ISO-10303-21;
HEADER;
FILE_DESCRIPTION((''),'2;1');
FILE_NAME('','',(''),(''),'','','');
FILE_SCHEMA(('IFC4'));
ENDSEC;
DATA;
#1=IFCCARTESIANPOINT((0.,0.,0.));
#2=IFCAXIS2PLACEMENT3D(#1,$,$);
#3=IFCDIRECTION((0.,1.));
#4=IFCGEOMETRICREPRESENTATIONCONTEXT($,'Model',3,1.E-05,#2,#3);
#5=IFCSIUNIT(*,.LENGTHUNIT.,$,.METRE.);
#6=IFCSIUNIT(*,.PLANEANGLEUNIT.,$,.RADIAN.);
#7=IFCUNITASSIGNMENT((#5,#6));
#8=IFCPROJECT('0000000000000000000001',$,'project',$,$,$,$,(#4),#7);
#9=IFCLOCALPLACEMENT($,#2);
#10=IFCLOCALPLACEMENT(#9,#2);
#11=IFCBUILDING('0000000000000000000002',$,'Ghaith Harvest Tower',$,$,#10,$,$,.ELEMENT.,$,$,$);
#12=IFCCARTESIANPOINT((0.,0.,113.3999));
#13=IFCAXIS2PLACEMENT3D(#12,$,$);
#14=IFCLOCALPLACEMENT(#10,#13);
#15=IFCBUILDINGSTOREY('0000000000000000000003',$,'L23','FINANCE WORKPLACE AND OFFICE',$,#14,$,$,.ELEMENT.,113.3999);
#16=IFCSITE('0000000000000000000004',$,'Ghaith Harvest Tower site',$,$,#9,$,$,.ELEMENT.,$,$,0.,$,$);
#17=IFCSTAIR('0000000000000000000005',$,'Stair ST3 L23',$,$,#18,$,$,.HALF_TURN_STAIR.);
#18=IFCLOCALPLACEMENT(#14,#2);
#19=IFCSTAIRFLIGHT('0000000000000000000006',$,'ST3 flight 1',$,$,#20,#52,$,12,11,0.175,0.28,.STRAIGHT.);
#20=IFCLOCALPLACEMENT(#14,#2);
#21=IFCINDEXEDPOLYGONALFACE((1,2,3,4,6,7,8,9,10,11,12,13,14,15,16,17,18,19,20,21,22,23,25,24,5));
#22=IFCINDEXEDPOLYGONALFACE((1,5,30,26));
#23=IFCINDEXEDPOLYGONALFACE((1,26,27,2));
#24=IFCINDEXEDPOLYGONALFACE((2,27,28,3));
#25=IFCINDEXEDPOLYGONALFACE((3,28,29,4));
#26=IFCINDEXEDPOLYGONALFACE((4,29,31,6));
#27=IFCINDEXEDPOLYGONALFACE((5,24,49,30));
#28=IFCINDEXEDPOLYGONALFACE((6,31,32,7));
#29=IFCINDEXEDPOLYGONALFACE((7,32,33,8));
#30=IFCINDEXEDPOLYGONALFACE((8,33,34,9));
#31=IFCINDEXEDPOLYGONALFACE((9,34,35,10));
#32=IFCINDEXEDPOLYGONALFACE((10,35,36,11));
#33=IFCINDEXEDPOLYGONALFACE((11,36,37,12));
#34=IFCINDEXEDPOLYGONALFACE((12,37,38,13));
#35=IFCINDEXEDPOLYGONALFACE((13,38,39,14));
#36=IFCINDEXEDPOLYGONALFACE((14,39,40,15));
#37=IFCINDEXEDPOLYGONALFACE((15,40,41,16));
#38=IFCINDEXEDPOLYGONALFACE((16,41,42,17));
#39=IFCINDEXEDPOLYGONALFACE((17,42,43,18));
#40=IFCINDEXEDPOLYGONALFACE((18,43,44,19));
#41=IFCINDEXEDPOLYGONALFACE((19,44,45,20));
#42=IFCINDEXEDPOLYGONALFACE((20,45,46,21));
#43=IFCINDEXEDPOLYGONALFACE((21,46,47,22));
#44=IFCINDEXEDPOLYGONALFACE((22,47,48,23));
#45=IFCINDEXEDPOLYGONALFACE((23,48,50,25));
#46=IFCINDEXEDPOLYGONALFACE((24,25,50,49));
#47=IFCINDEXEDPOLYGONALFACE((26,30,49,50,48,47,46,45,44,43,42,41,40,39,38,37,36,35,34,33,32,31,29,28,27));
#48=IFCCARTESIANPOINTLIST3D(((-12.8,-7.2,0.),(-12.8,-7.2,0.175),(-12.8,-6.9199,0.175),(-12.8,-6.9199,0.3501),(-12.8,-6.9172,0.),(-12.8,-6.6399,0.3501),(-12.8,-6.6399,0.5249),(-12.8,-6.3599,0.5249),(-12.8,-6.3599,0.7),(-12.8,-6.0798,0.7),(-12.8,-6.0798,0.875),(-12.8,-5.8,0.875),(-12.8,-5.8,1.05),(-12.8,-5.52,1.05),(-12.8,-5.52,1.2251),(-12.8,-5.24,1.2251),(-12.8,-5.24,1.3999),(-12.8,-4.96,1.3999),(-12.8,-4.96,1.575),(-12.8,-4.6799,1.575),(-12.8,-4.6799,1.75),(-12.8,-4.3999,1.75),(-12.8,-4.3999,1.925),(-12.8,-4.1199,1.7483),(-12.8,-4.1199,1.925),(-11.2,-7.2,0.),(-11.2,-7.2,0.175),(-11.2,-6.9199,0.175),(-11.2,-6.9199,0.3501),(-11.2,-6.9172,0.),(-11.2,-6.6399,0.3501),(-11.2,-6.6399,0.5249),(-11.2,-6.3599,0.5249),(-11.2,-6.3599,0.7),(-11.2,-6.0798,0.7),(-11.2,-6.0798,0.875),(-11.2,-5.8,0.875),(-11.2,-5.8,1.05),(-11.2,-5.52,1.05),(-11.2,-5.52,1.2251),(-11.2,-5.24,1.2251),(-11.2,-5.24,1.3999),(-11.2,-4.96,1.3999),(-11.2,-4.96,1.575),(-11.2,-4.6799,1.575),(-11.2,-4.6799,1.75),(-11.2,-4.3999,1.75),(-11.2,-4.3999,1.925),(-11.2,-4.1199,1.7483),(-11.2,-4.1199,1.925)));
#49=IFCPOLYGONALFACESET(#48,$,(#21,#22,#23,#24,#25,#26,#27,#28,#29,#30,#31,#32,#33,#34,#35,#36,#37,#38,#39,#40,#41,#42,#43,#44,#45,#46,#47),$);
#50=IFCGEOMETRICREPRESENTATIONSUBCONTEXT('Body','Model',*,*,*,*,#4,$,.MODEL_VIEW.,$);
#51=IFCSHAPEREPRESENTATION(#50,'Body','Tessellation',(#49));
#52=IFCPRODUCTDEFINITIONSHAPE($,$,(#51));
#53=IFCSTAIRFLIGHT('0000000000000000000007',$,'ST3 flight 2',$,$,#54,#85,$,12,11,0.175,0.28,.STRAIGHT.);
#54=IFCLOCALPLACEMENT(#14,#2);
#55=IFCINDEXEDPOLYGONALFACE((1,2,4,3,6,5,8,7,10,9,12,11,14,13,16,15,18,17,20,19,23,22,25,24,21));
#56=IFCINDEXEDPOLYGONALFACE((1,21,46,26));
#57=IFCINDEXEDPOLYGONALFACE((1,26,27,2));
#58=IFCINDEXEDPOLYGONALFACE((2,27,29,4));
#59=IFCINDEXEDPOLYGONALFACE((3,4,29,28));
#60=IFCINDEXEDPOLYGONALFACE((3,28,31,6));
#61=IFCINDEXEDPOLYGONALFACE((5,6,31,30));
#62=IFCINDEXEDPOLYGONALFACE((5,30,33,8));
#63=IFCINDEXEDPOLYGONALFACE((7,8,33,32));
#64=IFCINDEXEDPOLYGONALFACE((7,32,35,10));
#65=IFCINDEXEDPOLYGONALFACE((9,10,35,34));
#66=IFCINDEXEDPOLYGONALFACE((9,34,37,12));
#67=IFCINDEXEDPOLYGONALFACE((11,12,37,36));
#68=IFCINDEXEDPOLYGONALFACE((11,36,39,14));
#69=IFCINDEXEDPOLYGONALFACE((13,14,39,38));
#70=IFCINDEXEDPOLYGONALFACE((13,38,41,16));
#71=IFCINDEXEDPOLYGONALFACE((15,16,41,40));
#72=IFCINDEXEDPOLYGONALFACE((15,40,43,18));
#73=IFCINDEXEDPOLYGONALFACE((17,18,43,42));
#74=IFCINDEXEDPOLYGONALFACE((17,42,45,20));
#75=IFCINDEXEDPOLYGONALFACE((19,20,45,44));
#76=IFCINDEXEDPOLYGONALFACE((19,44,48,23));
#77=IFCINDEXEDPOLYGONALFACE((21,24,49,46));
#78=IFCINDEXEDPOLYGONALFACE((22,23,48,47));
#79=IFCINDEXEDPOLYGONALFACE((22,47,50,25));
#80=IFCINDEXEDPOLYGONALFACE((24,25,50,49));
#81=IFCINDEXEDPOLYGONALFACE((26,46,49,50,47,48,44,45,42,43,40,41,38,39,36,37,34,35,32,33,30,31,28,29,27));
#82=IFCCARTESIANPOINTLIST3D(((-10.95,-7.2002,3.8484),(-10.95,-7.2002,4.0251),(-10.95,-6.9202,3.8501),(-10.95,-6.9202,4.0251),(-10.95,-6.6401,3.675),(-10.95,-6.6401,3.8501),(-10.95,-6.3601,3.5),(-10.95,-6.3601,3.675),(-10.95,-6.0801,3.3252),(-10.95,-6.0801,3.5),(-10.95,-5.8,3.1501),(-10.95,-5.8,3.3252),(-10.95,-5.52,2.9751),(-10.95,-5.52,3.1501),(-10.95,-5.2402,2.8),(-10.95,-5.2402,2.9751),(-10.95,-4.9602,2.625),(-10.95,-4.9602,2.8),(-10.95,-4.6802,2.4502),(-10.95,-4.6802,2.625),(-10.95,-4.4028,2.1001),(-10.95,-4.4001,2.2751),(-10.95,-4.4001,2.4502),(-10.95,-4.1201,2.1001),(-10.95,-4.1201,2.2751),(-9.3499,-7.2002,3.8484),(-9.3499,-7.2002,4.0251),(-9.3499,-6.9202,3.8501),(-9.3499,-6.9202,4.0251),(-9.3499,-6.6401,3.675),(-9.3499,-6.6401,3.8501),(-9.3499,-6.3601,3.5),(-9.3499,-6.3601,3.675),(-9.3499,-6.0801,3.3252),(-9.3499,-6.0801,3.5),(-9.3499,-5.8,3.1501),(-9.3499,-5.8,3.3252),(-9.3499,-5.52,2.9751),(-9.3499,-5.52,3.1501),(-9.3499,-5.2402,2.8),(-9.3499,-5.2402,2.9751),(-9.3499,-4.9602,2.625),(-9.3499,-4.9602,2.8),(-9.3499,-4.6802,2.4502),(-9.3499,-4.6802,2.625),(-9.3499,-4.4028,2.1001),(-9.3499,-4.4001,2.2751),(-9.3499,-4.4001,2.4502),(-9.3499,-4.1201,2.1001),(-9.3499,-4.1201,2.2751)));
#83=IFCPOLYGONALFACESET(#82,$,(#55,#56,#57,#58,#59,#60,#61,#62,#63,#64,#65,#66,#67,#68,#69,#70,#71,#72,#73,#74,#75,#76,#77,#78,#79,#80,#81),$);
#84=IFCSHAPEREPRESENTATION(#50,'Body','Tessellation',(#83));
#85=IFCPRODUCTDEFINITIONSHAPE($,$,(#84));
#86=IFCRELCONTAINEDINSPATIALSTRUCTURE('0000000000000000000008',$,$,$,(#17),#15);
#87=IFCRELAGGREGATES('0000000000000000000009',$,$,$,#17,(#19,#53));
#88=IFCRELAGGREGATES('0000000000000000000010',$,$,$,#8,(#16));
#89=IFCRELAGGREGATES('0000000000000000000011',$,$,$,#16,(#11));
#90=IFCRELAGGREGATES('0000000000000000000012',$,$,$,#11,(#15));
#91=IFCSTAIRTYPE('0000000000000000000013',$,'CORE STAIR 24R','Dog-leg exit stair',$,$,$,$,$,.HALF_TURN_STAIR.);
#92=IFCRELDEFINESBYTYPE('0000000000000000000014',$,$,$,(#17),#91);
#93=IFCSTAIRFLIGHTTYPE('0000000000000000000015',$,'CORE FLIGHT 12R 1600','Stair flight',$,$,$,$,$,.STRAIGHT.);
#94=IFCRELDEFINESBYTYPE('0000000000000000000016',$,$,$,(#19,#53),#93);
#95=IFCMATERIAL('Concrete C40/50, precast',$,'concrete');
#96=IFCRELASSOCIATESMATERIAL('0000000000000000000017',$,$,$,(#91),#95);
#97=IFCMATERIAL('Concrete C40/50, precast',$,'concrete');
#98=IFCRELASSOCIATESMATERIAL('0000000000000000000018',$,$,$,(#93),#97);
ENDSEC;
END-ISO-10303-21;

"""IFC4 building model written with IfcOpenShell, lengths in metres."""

from ifc_helpers import new_model, si_unit, direction, frame, origin, place, context, subcontext, project, spatial, polyline, outline, extrude, material, type_object, element, aggregate, save


model = new_model("IFC4")

# Units and contexts
model_context = context("Model", 3, precision=1e-05, world=origin(), true_north=direction((0.0, 1.0)))
body_context = subcontext(model_context, "Body", "Model", "MODEL_VIEW")
ifc_project = project(units=[si_unit("LENGTHUNIT", "METRE"), si_unit("PLANEANGLEUNIT", "RADIAN")], contexts=[model_context])

# Site, building, storey
site_placement = place(None, origin())
site = spatial("IfcSite", under=ifc_project, at=site_placement, Name="Ghaith Harvest Tower site", CompositionType="ELEMENT", RefElevation=0.0)
building_placement = place(site_placement, origin())
building = spatial("IfcBuilding", under=site, at=building_placement, Name="Ghaith Harvest Tower", CompositionType="ELEMENT")
storey_placement = place(building_placement, frame((0.0, 0.0, 113.3999)))
storey = spatial("IfcBuildingStorey", under=building, at=storey_placement, Name="L23", Description="FINANCE WORKPLACE AND OFFICE", CompositionType="ELEMENT", Elevation=113.3999)

# Stair, stair flights
ifc_material_1 = material(Name="Concrete C40/50, precast", Category="concrete")
stair_type = type_object("IfcStairType", Name="CORE STAIR 24R", Description="Dog-leg exit stair", PredefinedType="HALF_TURN_STAIR", material=ifc_material_1)
stair_placement = place(storey_placement, origin())
stair = element("IfcStair", 1, at=stair_placement, inside=storey, type_object=stair_type, Name="Stair ST3 L23", PredefinedType="HALF_TURN_STAIR")
ifc_material_2 = material(Name="Concrete C40/50, precast", Category="concrete")
stair_flight_type = type_object("IfcStairFlightType", Name="CORE FLIGHT 12R 1600", Description="Stair flight", PredefinedType="STRAIGHT", material=ifc_material_2)
stair_flight_1_placement = place(storey_placement, frame((-12.0, -7.2, 0.0), z_axis=(0.0, 0.0, 1.0), x_axis=(0.0, 1.0, 0.0)))
stair_flight_1 = element("IfcStairFlight", 2, at=stair_flight_1_placement, type_object=stair_flight_type, Name="ST3 flight 1", NumberOfRisers=12, NumberOfTreads=11, PredefinedType="STRAIGHT", RiserHeight=0.175, TreadLength=0.28, context=body_context, shape_type="SweptSolid", body=[
    extrude(outline(polyline([(0.0, 0.0), (0.0, 0.175), (0.28, 0.175), (0.28, 0.3501), (0.5601, 0.3501), (0.5601, 0.5249), (0.8401, 0.5249), (0.8401, 0.7), (1.1201, 0.7), (1.1201, 0.875), (1.3999, 0.875), (1.3999, 1.05), (1.6799, 1.05), (1.6799, 1.2251), (1.96, 1.2251), (1.96, 1.3999), (2.24, 1.3999), (2.24, 1.575), (2.52, 1.575), (2.52, 1.75), (2.8, 1.75), (2.8, 1.925), (3.0801, 1.925), (3.0801, 2.1001), (3.0801, 1.7483), (0.2827, 0.0), (0.0, 0.0)])), frame((0.0, 0.8, 0.0), z_axis=(0.0, -1.0, 0.0), x_axis=(1.0, 0.0, 0.0)), (0.0, 0.0, 1.0), 1.6001),
])
stair_flight_2_placement = place(storey_placement, frame((-10.1499, -4.1201, 2.1001), z_axis=(0.0, 0.0, 1.0), x_axis=(0.0, -1.0, 0.0)))
stair_flight_2 = element("IfcStairFlight", 3, at=stair_flight_2_placement, type_object=stair_flight_type, Name="ST3 flight 2", NumberOfRisers=12, NumberOfTreads=11, PredefinedType="STRAIGHT", RiserHeight=0.175, TreadLength=0.28, context=body_context, shape_type="SweptSolid", body=[
    extrude(outline(polyline([(0.0, 0.0), (0.0, 0.175), (0.28, 0.175), (0.28, 0.3501), (0.5601, 0.3501), (0.5601, 0.5249), (0.8401, 0.5249), (0.8401, 0.7), (1.1201, 0.7), (1.1201, 0.875), (1.3999, 0.875), (1.3999, 1.05), (1.6799, 1.05), (1.6799, 1.2251), (1.96, 1.2251), (1.96, 1.3999), (2.24, 1.3999), (2.24, 1.575), (2.52, 1.575), (2.52, 1.75), (2.8, 1.75), (2.8, 1.925), (3.0801, 1.925), (3.0801, 2.1001), (3.0801, 1.7483), (0.2827, 0.0), (0.0, 0.0)])), frame((0.0, 0.8, 0.0), z_axis=(0.0, -1.0, 0.0), x_axis=(1.0, 0.0, 0.0)), (0.0, 0.0, 1.0), 1.6001),
])
aggregate(stair, [stair_flight_1, stair_flight_2])

save(model, "model.ifc")
